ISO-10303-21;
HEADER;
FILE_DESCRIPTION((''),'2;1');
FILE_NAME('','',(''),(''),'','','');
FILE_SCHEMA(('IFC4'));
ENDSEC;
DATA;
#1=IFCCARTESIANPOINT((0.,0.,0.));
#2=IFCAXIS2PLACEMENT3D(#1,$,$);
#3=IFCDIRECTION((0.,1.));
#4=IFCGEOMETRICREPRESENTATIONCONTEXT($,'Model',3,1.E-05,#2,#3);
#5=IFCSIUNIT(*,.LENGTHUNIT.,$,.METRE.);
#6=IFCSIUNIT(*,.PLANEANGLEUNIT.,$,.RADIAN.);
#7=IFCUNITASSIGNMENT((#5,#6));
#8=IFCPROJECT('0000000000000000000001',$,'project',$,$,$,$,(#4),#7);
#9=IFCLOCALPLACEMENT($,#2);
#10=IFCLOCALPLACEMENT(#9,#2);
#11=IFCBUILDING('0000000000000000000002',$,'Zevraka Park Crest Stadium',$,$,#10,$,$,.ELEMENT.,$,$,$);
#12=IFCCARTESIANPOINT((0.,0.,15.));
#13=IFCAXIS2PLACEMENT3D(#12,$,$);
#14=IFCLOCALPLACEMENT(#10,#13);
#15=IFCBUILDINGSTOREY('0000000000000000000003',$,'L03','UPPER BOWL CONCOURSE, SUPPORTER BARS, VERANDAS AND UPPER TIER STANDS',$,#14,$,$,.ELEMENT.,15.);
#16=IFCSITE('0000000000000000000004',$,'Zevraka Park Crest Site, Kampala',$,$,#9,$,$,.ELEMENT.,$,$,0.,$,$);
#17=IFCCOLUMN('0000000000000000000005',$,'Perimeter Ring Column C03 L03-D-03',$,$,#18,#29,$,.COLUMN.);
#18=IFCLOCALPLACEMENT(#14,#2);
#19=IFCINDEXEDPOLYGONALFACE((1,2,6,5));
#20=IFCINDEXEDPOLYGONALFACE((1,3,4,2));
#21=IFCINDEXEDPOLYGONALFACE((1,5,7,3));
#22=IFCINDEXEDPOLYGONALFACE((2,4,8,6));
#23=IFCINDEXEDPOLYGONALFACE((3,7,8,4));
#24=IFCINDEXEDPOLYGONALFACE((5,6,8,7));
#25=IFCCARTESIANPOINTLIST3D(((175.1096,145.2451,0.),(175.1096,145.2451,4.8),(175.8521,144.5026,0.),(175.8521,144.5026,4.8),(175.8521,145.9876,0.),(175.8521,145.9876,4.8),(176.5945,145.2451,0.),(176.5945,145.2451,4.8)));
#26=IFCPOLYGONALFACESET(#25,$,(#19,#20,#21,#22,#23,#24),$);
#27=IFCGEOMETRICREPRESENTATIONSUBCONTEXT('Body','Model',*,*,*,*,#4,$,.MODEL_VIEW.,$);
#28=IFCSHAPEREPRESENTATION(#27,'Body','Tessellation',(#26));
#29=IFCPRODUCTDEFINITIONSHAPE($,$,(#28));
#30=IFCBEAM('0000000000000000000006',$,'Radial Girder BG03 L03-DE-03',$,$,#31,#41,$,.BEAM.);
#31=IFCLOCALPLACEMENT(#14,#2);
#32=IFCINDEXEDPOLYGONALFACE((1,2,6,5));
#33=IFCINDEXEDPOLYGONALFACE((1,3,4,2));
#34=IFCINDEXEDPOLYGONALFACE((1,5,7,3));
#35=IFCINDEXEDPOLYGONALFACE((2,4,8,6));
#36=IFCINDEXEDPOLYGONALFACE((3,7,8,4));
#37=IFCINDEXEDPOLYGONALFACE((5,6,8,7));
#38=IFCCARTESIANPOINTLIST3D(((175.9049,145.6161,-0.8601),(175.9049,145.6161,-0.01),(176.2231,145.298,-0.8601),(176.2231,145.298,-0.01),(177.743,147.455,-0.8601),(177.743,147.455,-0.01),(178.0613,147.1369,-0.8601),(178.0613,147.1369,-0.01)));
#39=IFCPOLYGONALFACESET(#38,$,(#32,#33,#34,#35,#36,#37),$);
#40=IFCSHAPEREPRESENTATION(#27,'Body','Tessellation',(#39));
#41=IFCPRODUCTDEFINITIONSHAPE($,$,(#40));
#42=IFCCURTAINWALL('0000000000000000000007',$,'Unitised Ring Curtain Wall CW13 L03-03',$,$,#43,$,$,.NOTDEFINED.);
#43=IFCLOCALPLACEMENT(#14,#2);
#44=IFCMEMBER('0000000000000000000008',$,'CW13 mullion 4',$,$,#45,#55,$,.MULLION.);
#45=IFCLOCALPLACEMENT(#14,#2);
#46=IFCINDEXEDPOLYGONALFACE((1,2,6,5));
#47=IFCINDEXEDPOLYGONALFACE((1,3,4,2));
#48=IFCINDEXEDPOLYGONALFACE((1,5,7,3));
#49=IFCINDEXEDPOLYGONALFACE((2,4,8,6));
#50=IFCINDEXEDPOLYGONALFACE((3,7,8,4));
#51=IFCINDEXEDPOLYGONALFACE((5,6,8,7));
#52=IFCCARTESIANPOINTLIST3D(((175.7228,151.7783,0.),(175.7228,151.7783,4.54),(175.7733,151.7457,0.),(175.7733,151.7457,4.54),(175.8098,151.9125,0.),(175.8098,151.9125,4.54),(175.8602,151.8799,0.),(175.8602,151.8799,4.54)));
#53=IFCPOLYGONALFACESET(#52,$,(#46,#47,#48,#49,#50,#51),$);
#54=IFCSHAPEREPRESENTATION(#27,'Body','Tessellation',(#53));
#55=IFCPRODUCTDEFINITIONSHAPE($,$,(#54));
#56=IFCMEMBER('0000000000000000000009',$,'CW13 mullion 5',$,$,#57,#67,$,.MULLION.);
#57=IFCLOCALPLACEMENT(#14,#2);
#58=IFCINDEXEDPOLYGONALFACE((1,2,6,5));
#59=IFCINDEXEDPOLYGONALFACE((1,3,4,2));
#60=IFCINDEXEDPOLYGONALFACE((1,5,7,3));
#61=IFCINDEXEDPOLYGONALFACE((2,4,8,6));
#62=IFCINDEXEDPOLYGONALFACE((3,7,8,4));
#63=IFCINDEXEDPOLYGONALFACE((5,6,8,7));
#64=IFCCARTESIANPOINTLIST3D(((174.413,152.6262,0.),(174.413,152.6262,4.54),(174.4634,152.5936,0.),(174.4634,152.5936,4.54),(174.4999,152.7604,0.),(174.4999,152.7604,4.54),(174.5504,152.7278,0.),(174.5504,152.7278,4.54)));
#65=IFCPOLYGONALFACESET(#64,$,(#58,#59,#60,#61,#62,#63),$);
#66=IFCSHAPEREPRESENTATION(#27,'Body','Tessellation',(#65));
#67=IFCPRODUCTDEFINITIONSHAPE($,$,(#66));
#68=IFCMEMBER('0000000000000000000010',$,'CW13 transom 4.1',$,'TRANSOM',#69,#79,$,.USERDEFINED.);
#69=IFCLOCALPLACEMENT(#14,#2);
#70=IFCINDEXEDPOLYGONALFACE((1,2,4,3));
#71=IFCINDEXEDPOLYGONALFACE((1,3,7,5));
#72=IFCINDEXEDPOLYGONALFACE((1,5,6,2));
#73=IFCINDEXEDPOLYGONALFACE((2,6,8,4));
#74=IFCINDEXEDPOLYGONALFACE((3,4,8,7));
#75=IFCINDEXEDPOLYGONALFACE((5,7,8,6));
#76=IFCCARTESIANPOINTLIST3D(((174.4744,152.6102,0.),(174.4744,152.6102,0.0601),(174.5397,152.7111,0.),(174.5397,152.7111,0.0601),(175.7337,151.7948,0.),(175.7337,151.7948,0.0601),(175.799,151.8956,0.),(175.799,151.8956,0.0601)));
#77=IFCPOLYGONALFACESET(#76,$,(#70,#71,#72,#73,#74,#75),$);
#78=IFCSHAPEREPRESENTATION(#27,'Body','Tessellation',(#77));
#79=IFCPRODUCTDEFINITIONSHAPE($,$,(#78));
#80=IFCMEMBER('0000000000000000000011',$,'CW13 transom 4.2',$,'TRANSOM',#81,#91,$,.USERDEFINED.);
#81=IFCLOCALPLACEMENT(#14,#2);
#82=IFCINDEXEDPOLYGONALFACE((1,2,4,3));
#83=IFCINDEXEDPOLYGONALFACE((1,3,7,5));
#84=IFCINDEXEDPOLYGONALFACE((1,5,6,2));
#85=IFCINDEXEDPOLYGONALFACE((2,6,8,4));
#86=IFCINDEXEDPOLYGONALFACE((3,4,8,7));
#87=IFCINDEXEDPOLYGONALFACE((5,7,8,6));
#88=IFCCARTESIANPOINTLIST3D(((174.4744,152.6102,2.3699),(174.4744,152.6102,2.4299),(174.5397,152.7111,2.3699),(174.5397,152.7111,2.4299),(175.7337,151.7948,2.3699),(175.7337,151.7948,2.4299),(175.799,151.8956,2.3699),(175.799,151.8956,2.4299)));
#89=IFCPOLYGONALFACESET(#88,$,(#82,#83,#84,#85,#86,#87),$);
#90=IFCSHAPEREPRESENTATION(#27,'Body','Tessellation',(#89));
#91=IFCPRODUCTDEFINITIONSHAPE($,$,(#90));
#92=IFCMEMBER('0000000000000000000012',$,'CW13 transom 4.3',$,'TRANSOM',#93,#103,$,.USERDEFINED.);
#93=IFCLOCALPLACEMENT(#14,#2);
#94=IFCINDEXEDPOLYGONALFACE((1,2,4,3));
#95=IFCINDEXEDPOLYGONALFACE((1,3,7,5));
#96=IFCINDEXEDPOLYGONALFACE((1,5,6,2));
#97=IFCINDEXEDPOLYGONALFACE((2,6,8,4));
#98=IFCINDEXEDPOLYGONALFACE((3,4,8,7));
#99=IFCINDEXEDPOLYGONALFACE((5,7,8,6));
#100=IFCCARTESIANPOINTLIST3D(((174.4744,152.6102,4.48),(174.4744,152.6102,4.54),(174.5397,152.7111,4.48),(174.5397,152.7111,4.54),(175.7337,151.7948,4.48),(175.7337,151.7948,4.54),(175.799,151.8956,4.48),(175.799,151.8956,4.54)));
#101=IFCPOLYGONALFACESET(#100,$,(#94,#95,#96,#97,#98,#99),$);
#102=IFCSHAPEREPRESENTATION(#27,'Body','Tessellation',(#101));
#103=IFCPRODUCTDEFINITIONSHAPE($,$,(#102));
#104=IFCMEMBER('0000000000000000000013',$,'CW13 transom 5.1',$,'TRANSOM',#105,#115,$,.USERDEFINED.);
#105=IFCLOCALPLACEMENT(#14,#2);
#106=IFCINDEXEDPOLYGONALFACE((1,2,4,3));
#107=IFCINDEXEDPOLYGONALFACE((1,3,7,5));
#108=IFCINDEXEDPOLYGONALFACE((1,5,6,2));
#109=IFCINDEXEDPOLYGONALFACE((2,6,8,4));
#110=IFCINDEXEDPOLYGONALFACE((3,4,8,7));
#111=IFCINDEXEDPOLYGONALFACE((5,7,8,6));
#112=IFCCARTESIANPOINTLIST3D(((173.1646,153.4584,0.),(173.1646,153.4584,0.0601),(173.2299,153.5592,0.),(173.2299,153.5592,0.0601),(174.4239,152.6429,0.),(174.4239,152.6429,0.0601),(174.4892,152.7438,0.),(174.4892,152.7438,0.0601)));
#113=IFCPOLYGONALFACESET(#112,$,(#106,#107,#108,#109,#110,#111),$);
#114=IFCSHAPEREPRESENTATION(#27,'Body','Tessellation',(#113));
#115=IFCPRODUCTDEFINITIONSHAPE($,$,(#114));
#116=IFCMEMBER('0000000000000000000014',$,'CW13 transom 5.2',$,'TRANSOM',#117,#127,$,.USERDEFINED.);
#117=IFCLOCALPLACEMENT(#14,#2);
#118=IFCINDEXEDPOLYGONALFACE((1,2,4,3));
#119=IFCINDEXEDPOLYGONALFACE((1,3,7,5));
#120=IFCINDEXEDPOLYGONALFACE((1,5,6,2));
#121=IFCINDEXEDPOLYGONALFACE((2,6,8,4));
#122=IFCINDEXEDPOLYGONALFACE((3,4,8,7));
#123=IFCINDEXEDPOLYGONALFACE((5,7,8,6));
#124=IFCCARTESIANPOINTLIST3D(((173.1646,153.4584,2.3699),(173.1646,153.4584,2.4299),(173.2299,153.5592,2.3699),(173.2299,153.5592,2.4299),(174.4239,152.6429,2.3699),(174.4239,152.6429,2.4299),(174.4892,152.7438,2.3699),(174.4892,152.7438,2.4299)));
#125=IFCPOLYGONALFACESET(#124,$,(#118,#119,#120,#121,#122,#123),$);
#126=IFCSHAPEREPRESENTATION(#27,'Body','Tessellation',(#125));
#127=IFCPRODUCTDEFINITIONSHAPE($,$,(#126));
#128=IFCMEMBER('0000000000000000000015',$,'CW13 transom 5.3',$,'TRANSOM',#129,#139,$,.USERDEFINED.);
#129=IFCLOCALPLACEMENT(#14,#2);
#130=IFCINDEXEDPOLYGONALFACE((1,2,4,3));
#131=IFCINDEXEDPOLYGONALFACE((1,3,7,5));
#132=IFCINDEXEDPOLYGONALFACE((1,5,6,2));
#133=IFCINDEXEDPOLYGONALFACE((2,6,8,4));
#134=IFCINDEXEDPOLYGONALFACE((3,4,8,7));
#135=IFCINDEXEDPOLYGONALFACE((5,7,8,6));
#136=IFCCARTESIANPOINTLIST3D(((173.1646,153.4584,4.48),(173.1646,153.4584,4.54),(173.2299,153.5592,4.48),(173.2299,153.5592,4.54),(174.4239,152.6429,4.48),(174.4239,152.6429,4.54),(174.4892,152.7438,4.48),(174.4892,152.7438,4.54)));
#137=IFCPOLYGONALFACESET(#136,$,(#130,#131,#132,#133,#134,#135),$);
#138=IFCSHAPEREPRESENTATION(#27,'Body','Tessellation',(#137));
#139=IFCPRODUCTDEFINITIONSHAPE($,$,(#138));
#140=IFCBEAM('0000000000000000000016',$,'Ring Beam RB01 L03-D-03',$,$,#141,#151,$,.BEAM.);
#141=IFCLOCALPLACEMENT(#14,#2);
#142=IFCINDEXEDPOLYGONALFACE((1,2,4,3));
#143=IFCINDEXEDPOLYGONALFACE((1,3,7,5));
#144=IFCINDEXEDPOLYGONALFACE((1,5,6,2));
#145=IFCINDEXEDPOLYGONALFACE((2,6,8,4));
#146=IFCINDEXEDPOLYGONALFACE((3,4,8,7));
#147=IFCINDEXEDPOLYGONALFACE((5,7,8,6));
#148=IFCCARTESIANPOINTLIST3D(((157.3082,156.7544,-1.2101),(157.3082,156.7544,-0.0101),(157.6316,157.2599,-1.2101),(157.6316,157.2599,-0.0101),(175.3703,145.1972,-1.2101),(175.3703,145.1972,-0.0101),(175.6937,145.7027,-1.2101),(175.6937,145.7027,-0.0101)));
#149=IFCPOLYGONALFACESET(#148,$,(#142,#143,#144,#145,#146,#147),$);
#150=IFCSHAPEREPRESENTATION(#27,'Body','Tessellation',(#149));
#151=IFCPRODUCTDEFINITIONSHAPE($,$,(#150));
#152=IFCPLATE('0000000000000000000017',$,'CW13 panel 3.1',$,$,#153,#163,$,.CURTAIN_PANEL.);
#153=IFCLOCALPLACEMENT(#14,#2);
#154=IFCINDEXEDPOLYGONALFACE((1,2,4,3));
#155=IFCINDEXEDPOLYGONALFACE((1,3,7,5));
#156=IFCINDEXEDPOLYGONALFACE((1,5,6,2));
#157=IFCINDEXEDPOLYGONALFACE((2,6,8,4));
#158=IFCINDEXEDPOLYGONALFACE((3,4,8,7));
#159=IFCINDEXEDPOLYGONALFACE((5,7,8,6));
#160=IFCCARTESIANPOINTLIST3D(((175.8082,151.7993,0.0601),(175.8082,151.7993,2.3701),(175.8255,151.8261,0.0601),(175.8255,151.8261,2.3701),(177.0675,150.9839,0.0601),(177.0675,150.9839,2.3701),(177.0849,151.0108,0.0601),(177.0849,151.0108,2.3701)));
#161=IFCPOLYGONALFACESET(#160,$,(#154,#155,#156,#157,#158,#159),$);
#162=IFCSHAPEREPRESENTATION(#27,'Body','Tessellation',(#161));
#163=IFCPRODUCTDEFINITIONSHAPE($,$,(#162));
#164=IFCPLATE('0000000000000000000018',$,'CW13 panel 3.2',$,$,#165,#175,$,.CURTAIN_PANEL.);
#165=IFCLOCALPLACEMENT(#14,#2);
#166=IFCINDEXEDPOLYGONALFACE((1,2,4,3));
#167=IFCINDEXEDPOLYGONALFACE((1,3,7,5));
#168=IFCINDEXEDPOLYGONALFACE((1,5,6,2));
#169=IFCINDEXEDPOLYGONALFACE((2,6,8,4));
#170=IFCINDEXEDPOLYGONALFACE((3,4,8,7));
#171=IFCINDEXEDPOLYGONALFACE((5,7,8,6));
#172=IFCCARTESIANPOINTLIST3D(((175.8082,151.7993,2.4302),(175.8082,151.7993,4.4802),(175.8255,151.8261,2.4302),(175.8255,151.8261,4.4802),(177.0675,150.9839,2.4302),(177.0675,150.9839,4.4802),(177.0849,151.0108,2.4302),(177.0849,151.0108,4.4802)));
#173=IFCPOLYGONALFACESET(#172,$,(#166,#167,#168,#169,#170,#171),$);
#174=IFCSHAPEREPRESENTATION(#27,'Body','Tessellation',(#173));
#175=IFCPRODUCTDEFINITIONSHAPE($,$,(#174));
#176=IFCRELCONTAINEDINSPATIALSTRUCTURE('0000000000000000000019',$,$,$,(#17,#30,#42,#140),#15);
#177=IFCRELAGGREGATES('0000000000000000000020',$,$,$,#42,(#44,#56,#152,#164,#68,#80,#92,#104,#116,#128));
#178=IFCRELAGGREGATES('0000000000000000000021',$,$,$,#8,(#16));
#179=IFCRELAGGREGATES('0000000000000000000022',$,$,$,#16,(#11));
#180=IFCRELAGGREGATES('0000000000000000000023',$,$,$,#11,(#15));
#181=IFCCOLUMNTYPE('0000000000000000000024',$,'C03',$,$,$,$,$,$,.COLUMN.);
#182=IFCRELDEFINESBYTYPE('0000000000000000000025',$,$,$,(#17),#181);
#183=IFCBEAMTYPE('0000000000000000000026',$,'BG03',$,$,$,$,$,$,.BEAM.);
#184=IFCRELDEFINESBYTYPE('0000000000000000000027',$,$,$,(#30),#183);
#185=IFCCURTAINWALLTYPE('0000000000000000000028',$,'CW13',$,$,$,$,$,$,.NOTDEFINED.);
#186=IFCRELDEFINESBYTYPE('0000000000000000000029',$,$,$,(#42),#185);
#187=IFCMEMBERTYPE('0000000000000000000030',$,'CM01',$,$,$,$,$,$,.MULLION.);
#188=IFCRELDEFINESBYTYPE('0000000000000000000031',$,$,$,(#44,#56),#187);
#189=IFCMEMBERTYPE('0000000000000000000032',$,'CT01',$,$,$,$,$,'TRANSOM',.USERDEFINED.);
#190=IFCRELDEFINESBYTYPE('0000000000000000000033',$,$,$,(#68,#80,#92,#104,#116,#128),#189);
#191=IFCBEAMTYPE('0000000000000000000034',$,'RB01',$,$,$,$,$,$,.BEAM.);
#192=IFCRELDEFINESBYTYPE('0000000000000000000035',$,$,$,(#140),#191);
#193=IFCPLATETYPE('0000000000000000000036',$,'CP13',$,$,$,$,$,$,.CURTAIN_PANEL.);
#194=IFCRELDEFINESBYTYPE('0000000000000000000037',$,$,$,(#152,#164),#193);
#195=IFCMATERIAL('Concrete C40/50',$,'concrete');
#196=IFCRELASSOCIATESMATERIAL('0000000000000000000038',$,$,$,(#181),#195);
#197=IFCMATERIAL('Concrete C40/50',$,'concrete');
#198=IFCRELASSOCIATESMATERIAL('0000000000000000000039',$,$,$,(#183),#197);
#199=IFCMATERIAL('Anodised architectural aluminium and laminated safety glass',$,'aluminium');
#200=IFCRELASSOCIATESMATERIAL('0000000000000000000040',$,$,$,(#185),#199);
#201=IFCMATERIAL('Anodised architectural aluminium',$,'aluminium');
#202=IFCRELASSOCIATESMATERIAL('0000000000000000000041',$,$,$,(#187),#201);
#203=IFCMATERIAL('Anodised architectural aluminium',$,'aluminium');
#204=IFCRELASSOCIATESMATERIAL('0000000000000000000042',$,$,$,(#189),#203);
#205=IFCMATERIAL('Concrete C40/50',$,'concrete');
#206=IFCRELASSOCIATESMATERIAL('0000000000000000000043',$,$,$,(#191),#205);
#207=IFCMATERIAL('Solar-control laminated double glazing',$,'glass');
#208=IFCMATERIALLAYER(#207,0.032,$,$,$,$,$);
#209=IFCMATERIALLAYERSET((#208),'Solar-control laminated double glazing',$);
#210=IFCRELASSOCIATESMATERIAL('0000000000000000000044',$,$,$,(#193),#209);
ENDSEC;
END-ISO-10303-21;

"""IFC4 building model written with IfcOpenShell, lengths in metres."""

from ifc_helpers import new_model, si_unit, direction, frame, origin, origin_2d, place, context, subcontext, project, spatial, rectangle, extrude, material, layer, layer_set, material_profile, profile_set, type_object, element, aggregate, save


model = new_model("IFC4")

# Units and contexts
model_context = context("Model", 3, precision=1e-05, world=origin(), true_north=direction((0.0, 1.0)))
body_context = subcontext(model_context, "Body", "Model", "MODEL_VIEW")
ifc_project = project(units=[si_unit("LENGTHUNIT", "METRE"), si_unit("PLANEANGLEUNIT", "RADIAN")], contexts=[model_context])

# Site, building, storey
site_placement = place(None, origin())
site = spatial("IfcSite", under=ifc_project, at=site_placement, Name="Zevraka Park Crest Site, Kampala", CompositionType="ELEMENT", RefElevation=0.0)
building_placement = place(site_placement, origin())
building = spatial("IfcBuilding", under=site, at=building_placement, Name="Zevraka Park Crest Stadium", CompositionType="ELEMENT")
storey_placement = place(building_placement, frame((0.0, 0.0, 15.0)))
storey = spatial("IfcBuildingStorey", under=building, at=storey_placement, Name="L03", Description="UPPER BOWL CONCOURSE, SUPPORTER BARS, VERANDAS AND UPPER TIER STANDS", CompositionType="ELEMENT", Elevation=15.0)

# Column
ifc_material_1 = material(Name="Concrete C40/50", Category="concrete")
ifc_material_profile_1 = material_profile(ifc_material_1, rectangle(XDim=1.05, YDim=1.05, at=origin_2d()), Name="RC 1050x1050")
ifc_profile_set_1 = profile_set([ifc_material_profile_1], Name="Concrete C40/50")
column_type = type_object("IfcColumnType", Name="C03", PredefinedType="COLUMN", material=ifc_profile_set_1)
column_placement = place(storey_placement, frame((175.8521, 145.2451, 0.0), z_axis=(0.0, 0.0, 1.0), x_axis=(0.707107, 0.707107, 0.0)))
element("IfcColumn", 1, at=column_placement, inside=storey, type_object=column_type, Name="Perimeter Ring Column C03 L03-D-03", PredefinedType="COLUMN", context=body_context, shape_type="SweptSolid", body=[
    extrude(rectangle(XDim=1.05, YDim=1.05, at=origin_2d()), origin(), (0.0, 0.0, 1.0), 4.8),
])

# Beam
ifc_material_2 = material(Name="Concrete C40/50", Category="concrete")
ifc_material_profile_2 = material_profile(ifc_material_2, rectangle(XDim=0.45, YDim=0.8501, at=origin_2d()), Name="RC 850x450")
ifc_profile_set_2 = profile_set([ifc_material_profile_2], Name="Concrete C40/50")
beam_type_1 = type_object("IfcBeamType", Name="BG03", PredefinedType="BEAM", material=ifc_profile_set_2)
beam_1_placement = place(storey_placement, frame((176.064, 145.457, -0.4351), z_axis=(0.706966, 0.707248, 0.0), x_axis=(-0.707248, 0.706966, 0.0)))
element("IfcBeam", 2, at=beam_1_placement, inside=storey, type_object=beam_type_1, Name="Radial Girder BG03 L03-DE-03", PredefinedType="BEAM", context=body_context, shape_type="SweptSolid", body=[
    extrude(rectangle(XDim=0.45, YDim=0.8501, at=origin_2d()), origin(), (0.0, 0.0, 1.0), 2.6001),
])

# Curtain wall, members
ifc_material_3 = material(Name="Anodised architectural aluminium and laminated safety glass", Category="aluminium")
curtain_wall_type = type_object("IfcCurtainWallType", Name="CW13", PredefinedType="NOTDEFINED", material=ifc_material_3)
curtain_wall_placement = place(storey_placement, origin())
curtain_wall = element("IfcCurtainWall", 3, at=curtain_wall_placement, inside=storey, type_object=curtain_wall_type, Name="Unitised Ring Curtain Wall CW13 L03-03", PredefinedType="NOTDEFINED")
ifc_material_4 = material(Name="Anodised architectural aluminium", Category="aluminium")
ifc_material_profile_3 = material_profile(ifc_material_4, rectangle(XDim=0.1599, YDim=0.0601, at=origin_2d()), Name="ALU MULLION 160x60")
ifc_profile_set_3 = profile_set([ifc_material_profile_3], Name="Anodised architectural aluminium")
member_type_1 = type_object("IfcMemberType", Name="CM01", PredefinedType="MULLION", material=ifc_profile_set_3)
member_1_placement = place(storey_placement, frame((175.7915, 151.8291, 0.0), z_axis=(0.0, 0.0, 1.0), x_axis=(-0.543469, -0.839429, 0.0)))
member_1 = element("IfcMember", 4, at=member_1_placement, type_object=member_type_1, Name="CW13 mullion 4", PredefinedType="MULLION", context=body_context, shape_type="SweptSolid", body=[
    extrude(rectangle(XDim=0.1599, YDim=0.0601, at=origin_2d()), origin(), (0.0, 0.0, 1.0), 4.54),
])
member_2_placement = place(storey_placement, frame((174.4817, 152.677, 0.0), z_axis=(0.0, 0.0, 1.0), x_axis=(-0.543469, -0.839429, 0.0)))
member_2 = element("IfcMember", 5, at=member_2_placement, type_object=member_type_1, Name="CW13 mullion 5", PredefinedType="MULLION", context=body_context, shape_type="SweptSolid", body=[
    extrude(rectangle(XDim=0.1599, YDim=0.0601, at=origin_2d()), origin(), (0.0, 0.0, 1.0), 4.54),
])
ifc_material_5 = material(Name="Anodised architectural aluminium", Category="aluminium")
ifc_material_profile_4 = material_profile(ifc_material_5, rectangle(XDim=0.1201, YDim=0.0601, at=origin_2d()), Name="ALU TRANSOM 120x60")
ifc_profile_set_4 = profile_set([ifc_material_profile_4], Name="Anodised architectural aluminium")
member_type_2 = type_object("IfcMemberType", Name="CT01", ElementType="TRANSOM", PredefinedType="USERDEFINED", material=ifc_profile_set_4)
member_3_placement = place(storey_placement, frame((175.7664, 151.8452, 0.03), z_axis=(-0.839387, 0.543535, 0.0), x_axis=(-0.543535, -0.839387, 0.0)))
member_3 = element("IfcMember", 6, at=member_3_placement, type_object=member_type_2, Name="CW13 transom 4.1", ObjectType="TRANSOM", PredefinedType="USERDEFINED", context=body_context, shape_type="SweptSolid", body=[
    extrude(rectangle(XDim=0.1201, YDim=0.0601, at=origin_2d()), origin(), (0.0, 0.0, 1.0), 1.5002),
])
member_4_placement = place(storey_placement, frame((175.7664, 151.8452, 2.3999), z_axis=(-0.839387, 0.543535, 0.0), x_axis=(-0.543535, -0.839387, 0.0)))
member_4 = element("IfcMember", 7, at=member_4_placement, type_object=member_type_2, Name="CW13 transom 4.2", ObjectType="TRANSOM", PredefinedType="USERDEFINED", context=body_context, shape_type="SweptSolid", body=[
    extrude(rectangle(XDim=0.1201, YDim=0.0601, at=origin_2d()), origin(), (0.0, 0.0, 1.0), 1.5002),
])
member_5_placement = place(storey_placement, frame((175.7664, 151.8452, 4.51), z_axis=(-0.839387, 0.543535, 0.0), x_axis=(-0.543535, -0.839387, 0.0)))
member_5 = element("IfcMember", 8, at=member_5_placement, type_object=member_type_2, Name="CW13 transom 4.3", ObjectType="TRANSOM", PredefinedType="USERDEFINED", context=body_context, shape_type="SweptSolid", body=[
    extrude(rectangle(XDim=0.1201, YDim=0.0601, at=origin_2d()), origin(), (0.0, 0.0, 1.0), 1.5002),
])
member_6_placement = place(storey_placement, frame((174.4565, 152.6934, 0.03), z_axis=(-0.839387, 0.543535, 0.0), x_axis=(-0.543535, -0.839387, 0.0)))
member_6 = element("IfcMember", 9, at=member_6_placement, type_object=member_type_2, Name="CW13 transom 5.1", ObjectType="TRANSOM", PredefinedType="USERDEFINED", context=body_context, shape_type="SweptSolid", body=[
    extrude(rectangle(XDim=0.1201, YDim=0.0601, at=origin_2d()), origin(), (0.0, 0.0, 1.0), 1.5002),
])
member_7_placement = place(storey_placement, frame((174.4565, 152.6934, 2.3999), z_axis=(-0.839387, 0.543535, 0.0), x_axis=(-0.543535, -0.839387, 0.0)))
member_7 = element("IfcMember", 10, at=member_7_placement, type_object=member_type_2, Name="CW13 transom 5.2", ObjectType="TRANSOM", PredefinedType="USERDEFINED", context=body_context, shape_type="SweptSolid", body=[
    extrude(rectangle(XDim=0.1201, YDim=0.0601, at=origin_2d()), origin(), (0.0, 0.0, 1.0), 1.5002),
])
member_8_placement = place(storey_placement, frame((174.4565, 152.6934, 4.51), z_axis=(-0.839387, 0.543535, 0.0), x_axis=(-0.543535, -0.839387, 0.0)))
member_8 = element("IfcMember", 11, at=member_8_placement, type_object=member_type_2, Name="CW13 transom 5.3", ObjectType="TRANSOM", PredefinedType="USERDEFINED", context=body_context, shape_type="SweptSolid", body=[
    extrude(rectangle(XDim=0.1201, YDim=0.0601, at=origin_2d()), origin(), (0.0, 0.0, 1.0), 1.5002),
])

# Beam
ifc_material_6 = material(Name="Concrete C40/50", Category="concrete")
ifc_material_profile_5 = material_profile(ifc_material_6, rectangle(XDim=0.6001, YDim=1.2, at=origin_2d()), Name="RC 1200x600")
ifc_profile_set_5 = profile_set([ifc_material_profile_5], Name="Concrete C40/50")
beam_type_2 = type_object("IfcBeamType", Name="RB01", PredefinedType="BEAM", material=ifc_profile_set_5)
beam_2_placement = place(storey_placement, frame((175.532, 145.45, -0.6101), z_axis=(-0.842326, 0.538969, 0.0), x_axis=(-0.538969, -0.842326, 0.0)))
element("IfcBeam", 12, at=beam_2_placement, inside=storey, type_object=beam_type_2, Name="Ring Beam RB01 L03-D-03", PredefinedType="BEAM", context=body_context, shape_type="SweptSolid", body=[
    extrude(rectangle(XDim=0.6001, YDim=1.2, at=origin_2d()), origin(), (0.0, 0.0, 1.0), 21.4431),
])

# Plates
ifc_material_7 = material(Name="Solar-control laminated double glazing", Category="glass")
ifc_layer_1 = layer(ifc_material_7, 0.032)
ifc_layer_set_1 = layer_set([ifc_layer_1], Name="Solar-control laminated double glazing")
plate_type = type_object("IfcPlateType", Name="CP13", PredefinedType="CURTAIN_PANEL", material=ifc_layer_set_1)
plate_1_placement = place(storey_placement, frame((176.4465, 151.405, 0.0601), z_axis=(0.0, 0.0, 1.0), x_axis=(-0.839429, 0.543469, 0.0)))
plate_1 = element("IfcPlate", 13, at=plate_1_placement, type_object=plate_type, Name="CW13 panel 3.1", PredefinedType="CURTAIN_PANEL", context=body_context, shape_type="SweptSolid", body=[
    extrude(rectangle(XDim=1.5002, YDim=0.032, at=origin_2d()), origin(), (0.0, 0.0, 1.0), 2.3101),
])
plate_2_placement = place(storey_placement, frame((176.4465, 151.405, 2.4302), z_axis=(0.0, 0.0, 1.0), x_axis=(-0.839429, 0.543469, 0.0)))
plate_2 = element("IfcPlate", 14, at=plate_2_placement, type_object=plate_type, Name="CW13 panel 3.2", PredefinedType="CURTAIN_PANEL", context=body_context, shape_type="SweptSolid", body=[
    extrude(rectangle(XDim=1.5002, YDim=0.032, at=origin_2d()), origin(), (0.0, 0.0, 1.0), 2.05),
])
aggregate(curtain_wall, [member_1, member_2, plate_1, plate_2, member_3, member_4, member_5, member_6, member_7, member_8])

save(model, "model.ifc")
